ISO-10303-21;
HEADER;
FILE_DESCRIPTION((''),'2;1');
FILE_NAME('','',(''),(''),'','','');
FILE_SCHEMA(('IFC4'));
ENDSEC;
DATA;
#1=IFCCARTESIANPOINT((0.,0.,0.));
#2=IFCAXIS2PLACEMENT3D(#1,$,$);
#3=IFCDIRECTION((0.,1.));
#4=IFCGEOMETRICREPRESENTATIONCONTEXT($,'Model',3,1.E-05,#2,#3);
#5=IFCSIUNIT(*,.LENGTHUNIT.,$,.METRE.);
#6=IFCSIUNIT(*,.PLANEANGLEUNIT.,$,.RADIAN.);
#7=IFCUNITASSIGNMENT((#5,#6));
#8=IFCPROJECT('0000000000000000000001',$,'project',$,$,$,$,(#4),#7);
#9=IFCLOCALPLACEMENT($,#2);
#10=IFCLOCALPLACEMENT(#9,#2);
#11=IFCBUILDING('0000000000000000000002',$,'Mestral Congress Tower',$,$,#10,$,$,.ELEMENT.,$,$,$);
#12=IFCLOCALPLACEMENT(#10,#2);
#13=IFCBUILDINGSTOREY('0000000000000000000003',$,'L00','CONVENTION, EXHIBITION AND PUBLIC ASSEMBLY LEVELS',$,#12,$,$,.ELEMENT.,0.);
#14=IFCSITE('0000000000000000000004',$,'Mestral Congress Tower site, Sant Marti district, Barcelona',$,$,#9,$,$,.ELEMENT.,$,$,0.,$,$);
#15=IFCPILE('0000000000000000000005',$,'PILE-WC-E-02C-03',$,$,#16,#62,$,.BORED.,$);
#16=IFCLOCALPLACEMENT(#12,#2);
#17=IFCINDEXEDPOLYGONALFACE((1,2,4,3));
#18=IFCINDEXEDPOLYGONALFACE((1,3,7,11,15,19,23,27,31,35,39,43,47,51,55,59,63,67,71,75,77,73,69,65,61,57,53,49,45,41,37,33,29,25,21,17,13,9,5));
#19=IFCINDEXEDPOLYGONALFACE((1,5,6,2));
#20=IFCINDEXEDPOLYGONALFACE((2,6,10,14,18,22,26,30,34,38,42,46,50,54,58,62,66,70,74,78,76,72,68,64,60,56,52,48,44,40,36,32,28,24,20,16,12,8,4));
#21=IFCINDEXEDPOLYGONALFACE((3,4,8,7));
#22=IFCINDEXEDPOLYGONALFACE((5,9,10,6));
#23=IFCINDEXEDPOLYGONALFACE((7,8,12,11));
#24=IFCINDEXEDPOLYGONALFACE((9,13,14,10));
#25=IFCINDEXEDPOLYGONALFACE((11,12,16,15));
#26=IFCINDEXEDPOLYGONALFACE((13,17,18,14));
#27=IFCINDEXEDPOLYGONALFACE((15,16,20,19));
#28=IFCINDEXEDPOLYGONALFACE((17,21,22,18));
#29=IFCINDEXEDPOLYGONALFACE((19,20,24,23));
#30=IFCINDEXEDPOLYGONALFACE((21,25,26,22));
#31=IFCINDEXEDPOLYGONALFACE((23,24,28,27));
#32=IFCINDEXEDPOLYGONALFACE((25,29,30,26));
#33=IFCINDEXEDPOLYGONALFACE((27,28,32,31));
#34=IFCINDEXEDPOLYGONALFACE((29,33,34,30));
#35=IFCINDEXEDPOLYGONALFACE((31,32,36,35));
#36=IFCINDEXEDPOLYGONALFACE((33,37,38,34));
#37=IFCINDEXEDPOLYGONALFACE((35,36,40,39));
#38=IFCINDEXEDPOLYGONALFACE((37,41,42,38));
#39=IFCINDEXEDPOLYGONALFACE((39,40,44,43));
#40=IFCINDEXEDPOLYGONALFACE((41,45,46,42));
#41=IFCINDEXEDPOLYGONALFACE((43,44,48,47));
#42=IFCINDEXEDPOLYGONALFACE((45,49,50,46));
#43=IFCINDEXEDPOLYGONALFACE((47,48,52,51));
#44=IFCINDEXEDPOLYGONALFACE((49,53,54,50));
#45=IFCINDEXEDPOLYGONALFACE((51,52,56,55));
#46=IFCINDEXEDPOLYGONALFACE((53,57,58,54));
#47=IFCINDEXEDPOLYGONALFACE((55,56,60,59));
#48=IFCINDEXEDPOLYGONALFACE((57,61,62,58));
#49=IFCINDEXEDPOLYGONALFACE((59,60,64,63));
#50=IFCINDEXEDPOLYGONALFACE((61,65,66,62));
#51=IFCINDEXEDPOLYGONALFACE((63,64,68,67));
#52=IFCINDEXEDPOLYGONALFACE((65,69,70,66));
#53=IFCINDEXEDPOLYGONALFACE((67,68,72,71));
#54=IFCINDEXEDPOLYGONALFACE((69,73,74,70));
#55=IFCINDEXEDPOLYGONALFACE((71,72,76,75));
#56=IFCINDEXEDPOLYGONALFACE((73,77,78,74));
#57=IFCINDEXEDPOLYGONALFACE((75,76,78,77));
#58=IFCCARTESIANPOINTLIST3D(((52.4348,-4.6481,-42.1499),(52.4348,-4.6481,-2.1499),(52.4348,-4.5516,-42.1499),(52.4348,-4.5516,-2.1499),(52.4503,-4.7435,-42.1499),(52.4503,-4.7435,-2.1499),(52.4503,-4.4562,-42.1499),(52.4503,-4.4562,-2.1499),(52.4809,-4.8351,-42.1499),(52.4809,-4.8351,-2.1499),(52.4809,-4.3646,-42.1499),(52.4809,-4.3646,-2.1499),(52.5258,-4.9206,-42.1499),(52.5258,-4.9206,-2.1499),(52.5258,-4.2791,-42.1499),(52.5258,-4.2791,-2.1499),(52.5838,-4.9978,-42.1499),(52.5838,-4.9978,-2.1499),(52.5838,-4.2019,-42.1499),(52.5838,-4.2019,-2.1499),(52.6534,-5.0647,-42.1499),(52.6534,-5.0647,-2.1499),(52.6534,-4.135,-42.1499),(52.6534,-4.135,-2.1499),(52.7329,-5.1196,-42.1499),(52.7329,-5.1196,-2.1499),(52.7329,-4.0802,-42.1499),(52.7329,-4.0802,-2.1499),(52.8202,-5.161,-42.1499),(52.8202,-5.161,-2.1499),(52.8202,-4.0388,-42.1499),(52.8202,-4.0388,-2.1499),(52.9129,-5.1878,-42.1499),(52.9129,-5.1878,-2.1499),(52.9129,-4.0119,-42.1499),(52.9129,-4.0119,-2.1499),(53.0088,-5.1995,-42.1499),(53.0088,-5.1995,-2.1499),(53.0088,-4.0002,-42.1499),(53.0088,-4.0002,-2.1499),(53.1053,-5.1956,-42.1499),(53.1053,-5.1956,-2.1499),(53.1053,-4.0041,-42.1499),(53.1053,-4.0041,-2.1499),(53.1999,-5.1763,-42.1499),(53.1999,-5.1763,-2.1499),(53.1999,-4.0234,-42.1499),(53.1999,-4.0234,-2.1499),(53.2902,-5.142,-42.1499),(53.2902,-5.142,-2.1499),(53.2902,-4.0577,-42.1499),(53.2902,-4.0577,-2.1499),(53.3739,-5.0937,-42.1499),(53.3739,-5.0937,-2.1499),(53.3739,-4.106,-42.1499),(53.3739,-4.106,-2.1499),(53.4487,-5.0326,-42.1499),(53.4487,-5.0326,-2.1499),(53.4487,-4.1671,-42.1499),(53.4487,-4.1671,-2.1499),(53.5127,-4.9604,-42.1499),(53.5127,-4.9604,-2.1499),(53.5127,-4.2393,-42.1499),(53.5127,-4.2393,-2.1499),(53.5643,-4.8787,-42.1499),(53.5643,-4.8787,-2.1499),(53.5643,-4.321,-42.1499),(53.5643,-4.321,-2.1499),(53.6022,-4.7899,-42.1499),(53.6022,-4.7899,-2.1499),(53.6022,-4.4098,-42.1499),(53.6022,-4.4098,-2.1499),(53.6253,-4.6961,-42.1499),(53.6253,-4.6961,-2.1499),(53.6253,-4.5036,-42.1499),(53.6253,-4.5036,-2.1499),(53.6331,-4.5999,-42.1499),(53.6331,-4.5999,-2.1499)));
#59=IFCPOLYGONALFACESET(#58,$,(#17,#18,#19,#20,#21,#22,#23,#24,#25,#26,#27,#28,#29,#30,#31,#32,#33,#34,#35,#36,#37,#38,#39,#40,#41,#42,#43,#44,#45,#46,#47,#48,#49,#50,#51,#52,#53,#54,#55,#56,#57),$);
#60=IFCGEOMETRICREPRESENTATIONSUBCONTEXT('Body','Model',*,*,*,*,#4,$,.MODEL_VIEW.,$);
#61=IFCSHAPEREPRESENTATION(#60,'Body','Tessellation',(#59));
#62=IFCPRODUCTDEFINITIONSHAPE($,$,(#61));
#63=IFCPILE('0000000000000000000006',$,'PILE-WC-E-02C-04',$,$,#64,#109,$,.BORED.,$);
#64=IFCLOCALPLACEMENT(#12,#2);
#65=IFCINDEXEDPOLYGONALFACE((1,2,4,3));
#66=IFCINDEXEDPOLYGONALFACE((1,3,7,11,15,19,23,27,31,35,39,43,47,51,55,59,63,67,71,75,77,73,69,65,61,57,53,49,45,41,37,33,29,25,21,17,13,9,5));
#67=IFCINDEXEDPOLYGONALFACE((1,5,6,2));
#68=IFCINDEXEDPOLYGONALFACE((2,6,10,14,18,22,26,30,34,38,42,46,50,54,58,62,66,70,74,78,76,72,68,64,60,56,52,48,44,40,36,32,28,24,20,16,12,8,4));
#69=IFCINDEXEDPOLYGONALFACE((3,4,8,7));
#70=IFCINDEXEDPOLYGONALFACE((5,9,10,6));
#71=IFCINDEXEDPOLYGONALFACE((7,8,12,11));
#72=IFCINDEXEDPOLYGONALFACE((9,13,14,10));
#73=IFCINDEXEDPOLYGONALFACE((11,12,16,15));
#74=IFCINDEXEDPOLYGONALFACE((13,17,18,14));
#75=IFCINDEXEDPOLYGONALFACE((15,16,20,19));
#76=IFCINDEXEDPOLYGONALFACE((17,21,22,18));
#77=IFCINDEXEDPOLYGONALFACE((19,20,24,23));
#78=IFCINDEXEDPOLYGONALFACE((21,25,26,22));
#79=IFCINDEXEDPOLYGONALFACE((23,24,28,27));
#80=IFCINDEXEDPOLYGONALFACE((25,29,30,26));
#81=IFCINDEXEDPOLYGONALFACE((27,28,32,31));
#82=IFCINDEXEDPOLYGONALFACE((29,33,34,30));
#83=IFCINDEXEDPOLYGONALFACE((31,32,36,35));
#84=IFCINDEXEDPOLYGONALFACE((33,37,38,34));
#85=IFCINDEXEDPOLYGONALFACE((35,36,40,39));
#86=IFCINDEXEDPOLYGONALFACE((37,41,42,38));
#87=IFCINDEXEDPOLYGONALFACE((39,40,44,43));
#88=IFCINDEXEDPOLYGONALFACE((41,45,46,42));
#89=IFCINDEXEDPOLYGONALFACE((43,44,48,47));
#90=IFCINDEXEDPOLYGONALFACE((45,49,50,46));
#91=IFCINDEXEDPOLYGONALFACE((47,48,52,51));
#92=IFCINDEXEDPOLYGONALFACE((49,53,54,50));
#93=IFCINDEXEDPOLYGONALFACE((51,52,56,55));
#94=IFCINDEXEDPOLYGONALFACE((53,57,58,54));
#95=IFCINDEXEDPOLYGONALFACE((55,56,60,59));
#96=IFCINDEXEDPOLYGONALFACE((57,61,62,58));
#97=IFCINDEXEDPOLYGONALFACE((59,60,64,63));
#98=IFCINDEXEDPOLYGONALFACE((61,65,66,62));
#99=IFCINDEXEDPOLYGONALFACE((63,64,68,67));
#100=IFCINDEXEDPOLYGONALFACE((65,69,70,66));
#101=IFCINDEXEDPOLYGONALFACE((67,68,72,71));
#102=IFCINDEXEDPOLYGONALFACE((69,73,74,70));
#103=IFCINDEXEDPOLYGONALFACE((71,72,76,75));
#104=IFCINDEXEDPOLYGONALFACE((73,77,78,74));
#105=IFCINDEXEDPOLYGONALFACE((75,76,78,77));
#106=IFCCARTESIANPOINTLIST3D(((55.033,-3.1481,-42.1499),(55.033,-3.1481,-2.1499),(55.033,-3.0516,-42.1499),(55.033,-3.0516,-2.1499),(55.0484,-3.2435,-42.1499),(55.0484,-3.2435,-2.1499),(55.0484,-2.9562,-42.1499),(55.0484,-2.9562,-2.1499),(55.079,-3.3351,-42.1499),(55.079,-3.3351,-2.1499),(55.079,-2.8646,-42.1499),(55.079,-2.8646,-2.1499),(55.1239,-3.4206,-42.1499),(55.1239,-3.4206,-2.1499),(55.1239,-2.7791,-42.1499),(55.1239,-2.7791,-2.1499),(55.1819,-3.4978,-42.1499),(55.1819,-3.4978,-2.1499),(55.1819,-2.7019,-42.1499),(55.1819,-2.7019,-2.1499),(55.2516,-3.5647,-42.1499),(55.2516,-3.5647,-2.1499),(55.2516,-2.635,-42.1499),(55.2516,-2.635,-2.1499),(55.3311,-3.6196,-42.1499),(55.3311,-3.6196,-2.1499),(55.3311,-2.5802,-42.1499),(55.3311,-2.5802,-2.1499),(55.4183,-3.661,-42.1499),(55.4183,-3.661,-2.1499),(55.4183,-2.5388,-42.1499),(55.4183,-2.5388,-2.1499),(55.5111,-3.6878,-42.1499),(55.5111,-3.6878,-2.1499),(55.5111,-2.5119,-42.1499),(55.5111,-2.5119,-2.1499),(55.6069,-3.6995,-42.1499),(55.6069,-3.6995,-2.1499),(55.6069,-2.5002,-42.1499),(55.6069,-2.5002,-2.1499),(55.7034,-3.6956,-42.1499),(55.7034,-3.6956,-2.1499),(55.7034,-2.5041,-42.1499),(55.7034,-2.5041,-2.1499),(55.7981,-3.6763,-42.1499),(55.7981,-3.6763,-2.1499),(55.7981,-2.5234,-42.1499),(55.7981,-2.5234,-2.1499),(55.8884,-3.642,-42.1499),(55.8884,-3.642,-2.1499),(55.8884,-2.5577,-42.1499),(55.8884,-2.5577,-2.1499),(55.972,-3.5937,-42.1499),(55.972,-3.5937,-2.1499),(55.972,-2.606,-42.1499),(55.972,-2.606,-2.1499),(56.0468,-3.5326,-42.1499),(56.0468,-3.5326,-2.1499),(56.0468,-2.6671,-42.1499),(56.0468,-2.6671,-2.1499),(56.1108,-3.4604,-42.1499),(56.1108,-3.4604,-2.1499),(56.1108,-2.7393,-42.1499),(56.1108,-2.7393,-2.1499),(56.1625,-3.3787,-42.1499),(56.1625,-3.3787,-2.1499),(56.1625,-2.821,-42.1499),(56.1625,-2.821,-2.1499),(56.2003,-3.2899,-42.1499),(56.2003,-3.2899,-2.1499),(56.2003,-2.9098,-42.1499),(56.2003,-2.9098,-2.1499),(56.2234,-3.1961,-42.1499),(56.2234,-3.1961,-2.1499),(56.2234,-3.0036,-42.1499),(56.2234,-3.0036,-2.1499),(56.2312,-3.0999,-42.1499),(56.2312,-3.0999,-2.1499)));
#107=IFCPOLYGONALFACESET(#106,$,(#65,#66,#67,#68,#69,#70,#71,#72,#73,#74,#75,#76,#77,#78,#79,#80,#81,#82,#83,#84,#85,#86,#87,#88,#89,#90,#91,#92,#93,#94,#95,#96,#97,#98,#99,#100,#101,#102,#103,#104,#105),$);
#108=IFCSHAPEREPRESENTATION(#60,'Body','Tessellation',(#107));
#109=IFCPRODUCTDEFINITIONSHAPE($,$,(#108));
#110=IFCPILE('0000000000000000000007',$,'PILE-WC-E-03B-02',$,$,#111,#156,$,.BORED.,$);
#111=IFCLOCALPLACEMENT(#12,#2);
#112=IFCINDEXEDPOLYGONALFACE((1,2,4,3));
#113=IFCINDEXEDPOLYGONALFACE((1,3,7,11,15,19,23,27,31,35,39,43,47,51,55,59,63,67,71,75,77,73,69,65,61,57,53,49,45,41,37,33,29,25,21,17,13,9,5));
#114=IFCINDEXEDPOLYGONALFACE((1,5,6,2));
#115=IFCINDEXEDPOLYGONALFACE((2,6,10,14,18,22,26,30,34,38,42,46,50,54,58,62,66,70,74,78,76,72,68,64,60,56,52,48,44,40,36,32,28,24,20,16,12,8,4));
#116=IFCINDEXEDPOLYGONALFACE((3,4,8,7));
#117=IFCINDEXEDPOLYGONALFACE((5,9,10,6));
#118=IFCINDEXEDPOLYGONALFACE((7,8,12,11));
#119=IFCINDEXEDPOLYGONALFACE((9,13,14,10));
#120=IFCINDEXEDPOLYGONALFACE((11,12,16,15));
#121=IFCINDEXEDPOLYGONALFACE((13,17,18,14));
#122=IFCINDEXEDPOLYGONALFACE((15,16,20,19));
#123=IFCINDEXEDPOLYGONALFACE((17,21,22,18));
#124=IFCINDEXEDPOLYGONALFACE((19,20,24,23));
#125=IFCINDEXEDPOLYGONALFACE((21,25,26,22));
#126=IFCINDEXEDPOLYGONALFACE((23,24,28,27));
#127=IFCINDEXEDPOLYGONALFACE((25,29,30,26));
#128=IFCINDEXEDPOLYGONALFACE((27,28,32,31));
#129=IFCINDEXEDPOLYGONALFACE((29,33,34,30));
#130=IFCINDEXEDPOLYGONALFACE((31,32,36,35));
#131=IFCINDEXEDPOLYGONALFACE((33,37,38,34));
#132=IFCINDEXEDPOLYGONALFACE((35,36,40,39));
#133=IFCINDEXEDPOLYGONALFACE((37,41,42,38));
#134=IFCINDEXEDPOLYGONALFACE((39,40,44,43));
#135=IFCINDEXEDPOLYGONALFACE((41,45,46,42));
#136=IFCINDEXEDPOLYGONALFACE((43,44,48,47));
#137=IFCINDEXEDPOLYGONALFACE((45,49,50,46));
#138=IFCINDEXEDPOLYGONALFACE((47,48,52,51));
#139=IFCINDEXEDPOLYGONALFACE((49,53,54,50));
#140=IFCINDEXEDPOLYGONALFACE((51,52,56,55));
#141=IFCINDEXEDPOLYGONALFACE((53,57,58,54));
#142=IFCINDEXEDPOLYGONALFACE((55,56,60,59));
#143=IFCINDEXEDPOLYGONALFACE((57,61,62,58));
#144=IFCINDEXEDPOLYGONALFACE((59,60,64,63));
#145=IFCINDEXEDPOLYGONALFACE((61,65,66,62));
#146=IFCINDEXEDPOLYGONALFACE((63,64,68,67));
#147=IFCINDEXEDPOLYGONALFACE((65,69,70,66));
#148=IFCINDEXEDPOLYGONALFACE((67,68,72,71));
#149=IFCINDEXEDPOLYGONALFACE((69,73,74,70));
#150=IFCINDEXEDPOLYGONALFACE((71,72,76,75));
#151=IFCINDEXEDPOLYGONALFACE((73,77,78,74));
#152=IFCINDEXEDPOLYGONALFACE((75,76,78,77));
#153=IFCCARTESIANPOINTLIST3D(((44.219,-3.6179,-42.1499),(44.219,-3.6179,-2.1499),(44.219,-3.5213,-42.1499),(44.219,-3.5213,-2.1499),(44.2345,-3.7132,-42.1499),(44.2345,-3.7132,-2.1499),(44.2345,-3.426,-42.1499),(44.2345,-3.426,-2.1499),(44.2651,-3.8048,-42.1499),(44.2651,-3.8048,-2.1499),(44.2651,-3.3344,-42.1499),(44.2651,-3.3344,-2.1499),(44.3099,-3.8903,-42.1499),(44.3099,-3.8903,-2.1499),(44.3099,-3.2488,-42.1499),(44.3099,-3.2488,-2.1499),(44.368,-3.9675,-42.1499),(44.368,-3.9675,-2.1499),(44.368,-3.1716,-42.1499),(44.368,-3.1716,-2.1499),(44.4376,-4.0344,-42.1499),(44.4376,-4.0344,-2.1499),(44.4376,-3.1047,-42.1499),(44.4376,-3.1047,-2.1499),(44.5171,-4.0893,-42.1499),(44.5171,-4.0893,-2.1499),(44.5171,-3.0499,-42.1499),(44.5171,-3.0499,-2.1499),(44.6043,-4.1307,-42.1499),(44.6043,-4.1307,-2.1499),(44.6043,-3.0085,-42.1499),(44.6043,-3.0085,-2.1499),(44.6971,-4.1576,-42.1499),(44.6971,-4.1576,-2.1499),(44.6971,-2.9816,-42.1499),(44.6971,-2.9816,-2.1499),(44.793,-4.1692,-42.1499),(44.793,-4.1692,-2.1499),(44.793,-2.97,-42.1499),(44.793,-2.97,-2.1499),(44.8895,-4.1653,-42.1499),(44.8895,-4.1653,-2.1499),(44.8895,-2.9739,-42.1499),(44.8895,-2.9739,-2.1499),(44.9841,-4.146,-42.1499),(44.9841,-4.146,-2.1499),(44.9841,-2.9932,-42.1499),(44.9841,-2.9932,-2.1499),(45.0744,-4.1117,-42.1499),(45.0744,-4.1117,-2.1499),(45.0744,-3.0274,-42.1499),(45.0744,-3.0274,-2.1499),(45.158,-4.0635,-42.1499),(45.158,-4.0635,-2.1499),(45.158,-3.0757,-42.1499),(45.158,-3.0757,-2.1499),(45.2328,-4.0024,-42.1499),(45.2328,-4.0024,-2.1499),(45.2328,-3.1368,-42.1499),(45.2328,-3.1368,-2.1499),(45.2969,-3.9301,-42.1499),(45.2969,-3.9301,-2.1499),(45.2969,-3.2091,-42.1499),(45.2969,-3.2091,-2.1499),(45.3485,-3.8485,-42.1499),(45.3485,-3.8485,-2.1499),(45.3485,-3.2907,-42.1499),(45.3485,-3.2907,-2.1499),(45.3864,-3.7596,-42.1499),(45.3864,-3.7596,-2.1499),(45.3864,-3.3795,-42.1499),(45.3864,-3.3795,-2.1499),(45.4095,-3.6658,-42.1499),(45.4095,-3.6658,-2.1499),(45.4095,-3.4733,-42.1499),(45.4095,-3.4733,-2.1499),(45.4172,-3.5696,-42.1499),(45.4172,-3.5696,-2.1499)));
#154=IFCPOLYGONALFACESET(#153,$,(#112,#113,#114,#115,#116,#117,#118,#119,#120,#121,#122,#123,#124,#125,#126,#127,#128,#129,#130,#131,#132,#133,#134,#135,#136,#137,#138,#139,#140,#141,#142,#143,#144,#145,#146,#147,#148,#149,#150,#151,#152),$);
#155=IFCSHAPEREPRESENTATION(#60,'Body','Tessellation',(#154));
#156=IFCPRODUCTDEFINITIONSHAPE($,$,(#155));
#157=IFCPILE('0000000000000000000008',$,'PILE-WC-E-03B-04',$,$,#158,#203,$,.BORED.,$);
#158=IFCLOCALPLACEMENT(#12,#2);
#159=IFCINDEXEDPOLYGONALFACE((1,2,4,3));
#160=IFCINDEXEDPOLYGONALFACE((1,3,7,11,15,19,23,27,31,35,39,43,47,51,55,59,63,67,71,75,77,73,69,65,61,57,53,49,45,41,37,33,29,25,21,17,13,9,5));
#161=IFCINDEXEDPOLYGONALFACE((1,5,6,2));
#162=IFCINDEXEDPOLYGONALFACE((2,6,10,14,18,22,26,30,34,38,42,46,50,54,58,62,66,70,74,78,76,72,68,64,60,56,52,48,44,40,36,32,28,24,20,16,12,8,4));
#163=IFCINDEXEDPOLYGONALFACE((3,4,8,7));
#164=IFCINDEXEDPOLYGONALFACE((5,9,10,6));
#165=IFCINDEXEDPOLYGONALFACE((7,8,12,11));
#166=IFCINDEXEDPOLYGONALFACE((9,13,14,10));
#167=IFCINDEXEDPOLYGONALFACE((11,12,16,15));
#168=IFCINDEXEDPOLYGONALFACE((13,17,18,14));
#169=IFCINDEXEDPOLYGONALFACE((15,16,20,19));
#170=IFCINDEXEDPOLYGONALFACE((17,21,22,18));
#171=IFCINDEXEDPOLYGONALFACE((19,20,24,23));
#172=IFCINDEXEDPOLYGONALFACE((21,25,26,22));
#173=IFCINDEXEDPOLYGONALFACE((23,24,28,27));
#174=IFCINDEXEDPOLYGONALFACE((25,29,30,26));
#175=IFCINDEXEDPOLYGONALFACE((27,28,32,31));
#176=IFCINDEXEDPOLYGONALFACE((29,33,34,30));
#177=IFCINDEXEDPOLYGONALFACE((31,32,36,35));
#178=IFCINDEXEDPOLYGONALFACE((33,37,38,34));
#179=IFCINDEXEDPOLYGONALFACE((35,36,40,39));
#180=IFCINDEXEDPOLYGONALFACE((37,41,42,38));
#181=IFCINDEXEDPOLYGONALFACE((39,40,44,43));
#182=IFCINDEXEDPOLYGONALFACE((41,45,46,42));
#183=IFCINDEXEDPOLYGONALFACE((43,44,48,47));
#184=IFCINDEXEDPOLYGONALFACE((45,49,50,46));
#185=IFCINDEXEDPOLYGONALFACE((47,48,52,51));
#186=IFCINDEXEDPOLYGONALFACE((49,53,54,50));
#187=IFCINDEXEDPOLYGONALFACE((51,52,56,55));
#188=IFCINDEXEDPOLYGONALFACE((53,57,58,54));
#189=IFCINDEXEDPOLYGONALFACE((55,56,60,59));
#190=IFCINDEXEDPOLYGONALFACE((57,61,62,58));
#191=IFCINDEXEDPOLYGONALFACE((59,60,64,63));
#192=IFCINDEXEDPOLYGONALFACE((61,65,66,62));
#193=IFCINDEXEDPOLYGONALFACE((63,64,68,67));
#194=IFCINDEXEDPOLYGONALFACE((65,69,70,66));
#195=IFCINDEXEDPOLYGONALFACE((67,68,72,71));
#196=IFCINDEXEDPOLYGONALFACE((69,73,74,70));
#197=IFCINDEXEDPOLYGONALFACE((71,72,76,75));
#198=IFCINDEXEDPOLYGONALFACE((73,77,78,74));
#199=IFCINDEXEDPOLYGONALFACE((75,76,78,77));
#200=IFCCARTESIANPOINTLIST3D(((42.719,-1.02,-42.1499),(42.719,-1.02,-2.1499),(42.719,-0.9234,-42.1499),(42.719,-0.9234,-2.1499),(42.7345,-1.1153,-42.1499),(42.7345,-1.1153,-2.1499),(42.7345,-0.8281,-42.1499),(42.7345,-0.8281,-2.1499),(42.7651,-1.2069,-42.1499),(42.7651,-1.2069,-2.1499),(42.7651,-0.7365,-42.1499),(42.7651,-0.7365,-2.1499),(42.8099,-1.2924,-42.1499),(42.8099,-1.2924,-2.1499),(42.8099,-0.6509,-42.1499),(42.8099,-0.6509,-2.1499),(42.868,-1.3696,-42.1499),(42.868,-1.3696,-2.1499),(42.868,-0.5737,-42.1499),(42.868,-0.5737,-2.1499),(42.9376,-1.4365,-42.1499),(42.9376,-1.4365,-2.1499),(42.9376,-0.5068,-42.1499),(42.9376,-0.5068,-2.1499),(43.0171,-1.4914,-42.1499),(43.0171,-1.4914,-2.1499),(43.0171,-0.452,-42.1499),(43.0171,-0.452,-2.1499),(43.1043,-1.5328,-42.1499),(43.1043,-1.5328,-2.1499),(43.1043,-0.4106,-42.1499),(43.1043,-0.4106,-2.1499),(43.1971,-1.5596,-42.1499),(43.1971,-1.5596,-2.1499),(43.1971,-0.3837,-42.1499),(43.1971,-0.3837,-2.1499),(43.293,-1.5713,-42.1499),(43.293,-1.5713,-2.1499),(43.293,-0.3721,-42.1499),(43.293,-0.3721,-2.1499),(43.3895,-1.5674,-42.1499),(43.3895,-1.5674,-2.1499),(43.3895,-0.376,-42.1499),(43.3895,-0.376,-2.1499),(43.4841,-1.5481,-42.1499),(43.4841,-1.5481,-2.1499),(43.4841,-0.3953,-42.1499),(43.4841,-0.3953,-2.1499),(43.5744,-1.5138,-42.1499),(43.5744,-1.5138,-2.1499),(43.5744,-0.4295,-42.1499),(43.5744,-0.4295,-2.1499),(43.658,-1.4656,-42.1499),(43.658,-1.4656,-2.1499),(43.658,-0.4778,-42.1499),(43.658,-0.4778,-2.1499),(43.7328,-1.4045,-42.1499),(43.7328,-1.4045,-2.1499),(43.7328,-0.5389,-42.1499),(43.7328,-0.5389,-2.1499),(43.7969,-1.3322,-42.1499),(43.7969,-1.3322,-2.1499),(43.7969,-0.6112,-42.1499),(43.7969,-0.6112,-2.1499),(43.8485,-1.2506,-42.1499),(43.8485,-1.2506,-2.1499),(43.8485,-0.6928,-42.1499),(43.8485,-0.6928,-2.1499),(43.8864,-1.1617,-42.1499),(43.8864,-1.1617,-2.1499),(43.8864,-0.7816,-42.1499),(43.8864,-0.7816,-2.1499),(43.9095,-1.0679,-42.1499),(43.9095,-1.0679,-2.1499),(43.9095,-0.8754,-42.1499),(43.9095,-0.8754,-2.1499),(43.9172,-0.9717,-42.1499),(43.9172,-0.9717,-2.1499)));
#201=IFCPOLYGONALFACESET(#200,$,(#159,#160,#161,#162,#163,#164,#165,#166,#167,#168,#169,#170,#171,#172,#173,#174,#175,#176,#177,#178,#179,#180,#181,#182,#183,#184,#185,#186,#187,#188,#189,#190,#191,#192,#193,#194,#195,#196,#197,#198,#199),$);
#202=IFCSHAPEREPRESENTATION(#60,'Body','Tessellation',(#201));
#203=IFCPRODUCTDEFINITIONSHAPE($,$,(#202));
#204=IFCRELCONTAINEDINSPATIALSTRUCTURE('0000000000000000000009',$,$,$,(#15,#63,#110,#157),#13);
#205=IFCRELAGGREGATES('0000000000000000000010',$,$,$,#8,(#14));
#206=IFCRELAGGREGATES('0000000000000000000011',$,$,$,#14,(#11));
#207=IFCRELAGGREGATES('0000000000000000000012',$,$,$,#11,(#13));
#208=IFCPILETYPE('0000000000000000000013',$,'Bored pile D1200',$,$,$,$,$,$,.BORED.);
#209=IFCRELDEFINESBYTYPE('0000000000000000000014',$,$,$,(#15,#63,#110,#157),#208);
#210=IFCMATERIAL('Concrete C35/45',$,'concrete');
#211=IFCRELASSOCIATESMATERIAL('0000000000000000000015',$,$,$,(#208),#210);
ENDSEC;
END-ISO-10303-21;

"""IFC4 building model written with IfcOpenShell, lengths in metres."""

from ifc_helpers import new_model, si_unit, direction, frame, origin, origin_2d, place, context, subcontext, project, spatial, circle, extrude, material, material_profile, profile_set, type_object, element, save


model = new_model("IFC4")

# Units and contexts
model_context = context("Model", 3, precision=1e-05, world=origin(), true_north=direction((0.0, 1.0)))
body_context = subcontext(model_context, "Body", "Model", "MODEL_VIEW")
ifc_project = project(units=[si_unit("LENGTHUNIT", "METRE"), si_unit("PLANEANGLEUNIT", "RADIAN")], contexts=[model_context])

# Site, building, storey
site_placement = place(None, origin())
site = spatial("IfcSite", under=ifc_project, at=site_placement, Name="Mestral Congress Tower site, Sant Marti district, Barcelona", CompositionType="ELEMENT", RefElevation=0.0)
building_placement = place(site_placement, origin())
building = spatial("IfcBuilding", under=site, at=building_placement, Name="Mestral Congress Tower", CompositionType="ELEMENT")
storey_placement = place(building_placement, origin())
storey = spatial("IfcBuildingStorey", under=building, at=storey_placement, Name="L00", Description="CONVENTION, EXHIBITION AND PUBLIC ASSEMBLY LEVELS", CompositionType="ELEMENT", Elevation=0.0)

# Piles
ifc_material_1 = material(Name="Concrete C35/45", Category="concrete")
ifc_material_profile_1 = material_profile(ifc_material_1, circle(Radius=0.6001, at=origin_2d()), Name="D1200")
ifc_profile_set_1 = profile_set([ifc_material_profile_1], Name="Concrete C35/45")
pile_type = type_object("IfcPileType", Name="Bored pile D1200", PredefinedType="BORED", material=ifc_profile_set_1)
for number, where, z_axis, x_axis, name in (
    (1, (53.033, -4.5999, -2.1499), (0.0, 0.0, -1.0), (1.0, 0.0, 0.0), "PILE-WC-E-02C-03"),
    (2, (55.6311, -3.0999, -2.1499), (0.0, 0.0, -1.0), (1.0, 0.0, 0.0), "PILE-WC-E-02C-04"),
    (3, (44.8171, -3.5696, -2.1499), (0.0, 0.0, -1.0), (1.0, 0.0, 0.0), "PILE-WC-E-03B-02"),
    (4, (43.3171, -0.9717, -2.1499), (0.0, 0.0, -1.0), (1.0, 0.0, 0.0), "PILE-WC-E-03B-04"),
):
    element("IfcPile", number, at=place(storey_placement, frame(where, z_axis=z_axis, x_axis=x_axis)), inside=storey, type_object=pile_type, Name=name, PredefinedType="BORED", context=body_context, shape_type="SweptSolid", body=[
        extrude(circle(Radius=0.6001, at=origin_2d()), origin(), (0.0, 0.0, 1.0), 40.0),
    ])

save(model, "model.ifc")
